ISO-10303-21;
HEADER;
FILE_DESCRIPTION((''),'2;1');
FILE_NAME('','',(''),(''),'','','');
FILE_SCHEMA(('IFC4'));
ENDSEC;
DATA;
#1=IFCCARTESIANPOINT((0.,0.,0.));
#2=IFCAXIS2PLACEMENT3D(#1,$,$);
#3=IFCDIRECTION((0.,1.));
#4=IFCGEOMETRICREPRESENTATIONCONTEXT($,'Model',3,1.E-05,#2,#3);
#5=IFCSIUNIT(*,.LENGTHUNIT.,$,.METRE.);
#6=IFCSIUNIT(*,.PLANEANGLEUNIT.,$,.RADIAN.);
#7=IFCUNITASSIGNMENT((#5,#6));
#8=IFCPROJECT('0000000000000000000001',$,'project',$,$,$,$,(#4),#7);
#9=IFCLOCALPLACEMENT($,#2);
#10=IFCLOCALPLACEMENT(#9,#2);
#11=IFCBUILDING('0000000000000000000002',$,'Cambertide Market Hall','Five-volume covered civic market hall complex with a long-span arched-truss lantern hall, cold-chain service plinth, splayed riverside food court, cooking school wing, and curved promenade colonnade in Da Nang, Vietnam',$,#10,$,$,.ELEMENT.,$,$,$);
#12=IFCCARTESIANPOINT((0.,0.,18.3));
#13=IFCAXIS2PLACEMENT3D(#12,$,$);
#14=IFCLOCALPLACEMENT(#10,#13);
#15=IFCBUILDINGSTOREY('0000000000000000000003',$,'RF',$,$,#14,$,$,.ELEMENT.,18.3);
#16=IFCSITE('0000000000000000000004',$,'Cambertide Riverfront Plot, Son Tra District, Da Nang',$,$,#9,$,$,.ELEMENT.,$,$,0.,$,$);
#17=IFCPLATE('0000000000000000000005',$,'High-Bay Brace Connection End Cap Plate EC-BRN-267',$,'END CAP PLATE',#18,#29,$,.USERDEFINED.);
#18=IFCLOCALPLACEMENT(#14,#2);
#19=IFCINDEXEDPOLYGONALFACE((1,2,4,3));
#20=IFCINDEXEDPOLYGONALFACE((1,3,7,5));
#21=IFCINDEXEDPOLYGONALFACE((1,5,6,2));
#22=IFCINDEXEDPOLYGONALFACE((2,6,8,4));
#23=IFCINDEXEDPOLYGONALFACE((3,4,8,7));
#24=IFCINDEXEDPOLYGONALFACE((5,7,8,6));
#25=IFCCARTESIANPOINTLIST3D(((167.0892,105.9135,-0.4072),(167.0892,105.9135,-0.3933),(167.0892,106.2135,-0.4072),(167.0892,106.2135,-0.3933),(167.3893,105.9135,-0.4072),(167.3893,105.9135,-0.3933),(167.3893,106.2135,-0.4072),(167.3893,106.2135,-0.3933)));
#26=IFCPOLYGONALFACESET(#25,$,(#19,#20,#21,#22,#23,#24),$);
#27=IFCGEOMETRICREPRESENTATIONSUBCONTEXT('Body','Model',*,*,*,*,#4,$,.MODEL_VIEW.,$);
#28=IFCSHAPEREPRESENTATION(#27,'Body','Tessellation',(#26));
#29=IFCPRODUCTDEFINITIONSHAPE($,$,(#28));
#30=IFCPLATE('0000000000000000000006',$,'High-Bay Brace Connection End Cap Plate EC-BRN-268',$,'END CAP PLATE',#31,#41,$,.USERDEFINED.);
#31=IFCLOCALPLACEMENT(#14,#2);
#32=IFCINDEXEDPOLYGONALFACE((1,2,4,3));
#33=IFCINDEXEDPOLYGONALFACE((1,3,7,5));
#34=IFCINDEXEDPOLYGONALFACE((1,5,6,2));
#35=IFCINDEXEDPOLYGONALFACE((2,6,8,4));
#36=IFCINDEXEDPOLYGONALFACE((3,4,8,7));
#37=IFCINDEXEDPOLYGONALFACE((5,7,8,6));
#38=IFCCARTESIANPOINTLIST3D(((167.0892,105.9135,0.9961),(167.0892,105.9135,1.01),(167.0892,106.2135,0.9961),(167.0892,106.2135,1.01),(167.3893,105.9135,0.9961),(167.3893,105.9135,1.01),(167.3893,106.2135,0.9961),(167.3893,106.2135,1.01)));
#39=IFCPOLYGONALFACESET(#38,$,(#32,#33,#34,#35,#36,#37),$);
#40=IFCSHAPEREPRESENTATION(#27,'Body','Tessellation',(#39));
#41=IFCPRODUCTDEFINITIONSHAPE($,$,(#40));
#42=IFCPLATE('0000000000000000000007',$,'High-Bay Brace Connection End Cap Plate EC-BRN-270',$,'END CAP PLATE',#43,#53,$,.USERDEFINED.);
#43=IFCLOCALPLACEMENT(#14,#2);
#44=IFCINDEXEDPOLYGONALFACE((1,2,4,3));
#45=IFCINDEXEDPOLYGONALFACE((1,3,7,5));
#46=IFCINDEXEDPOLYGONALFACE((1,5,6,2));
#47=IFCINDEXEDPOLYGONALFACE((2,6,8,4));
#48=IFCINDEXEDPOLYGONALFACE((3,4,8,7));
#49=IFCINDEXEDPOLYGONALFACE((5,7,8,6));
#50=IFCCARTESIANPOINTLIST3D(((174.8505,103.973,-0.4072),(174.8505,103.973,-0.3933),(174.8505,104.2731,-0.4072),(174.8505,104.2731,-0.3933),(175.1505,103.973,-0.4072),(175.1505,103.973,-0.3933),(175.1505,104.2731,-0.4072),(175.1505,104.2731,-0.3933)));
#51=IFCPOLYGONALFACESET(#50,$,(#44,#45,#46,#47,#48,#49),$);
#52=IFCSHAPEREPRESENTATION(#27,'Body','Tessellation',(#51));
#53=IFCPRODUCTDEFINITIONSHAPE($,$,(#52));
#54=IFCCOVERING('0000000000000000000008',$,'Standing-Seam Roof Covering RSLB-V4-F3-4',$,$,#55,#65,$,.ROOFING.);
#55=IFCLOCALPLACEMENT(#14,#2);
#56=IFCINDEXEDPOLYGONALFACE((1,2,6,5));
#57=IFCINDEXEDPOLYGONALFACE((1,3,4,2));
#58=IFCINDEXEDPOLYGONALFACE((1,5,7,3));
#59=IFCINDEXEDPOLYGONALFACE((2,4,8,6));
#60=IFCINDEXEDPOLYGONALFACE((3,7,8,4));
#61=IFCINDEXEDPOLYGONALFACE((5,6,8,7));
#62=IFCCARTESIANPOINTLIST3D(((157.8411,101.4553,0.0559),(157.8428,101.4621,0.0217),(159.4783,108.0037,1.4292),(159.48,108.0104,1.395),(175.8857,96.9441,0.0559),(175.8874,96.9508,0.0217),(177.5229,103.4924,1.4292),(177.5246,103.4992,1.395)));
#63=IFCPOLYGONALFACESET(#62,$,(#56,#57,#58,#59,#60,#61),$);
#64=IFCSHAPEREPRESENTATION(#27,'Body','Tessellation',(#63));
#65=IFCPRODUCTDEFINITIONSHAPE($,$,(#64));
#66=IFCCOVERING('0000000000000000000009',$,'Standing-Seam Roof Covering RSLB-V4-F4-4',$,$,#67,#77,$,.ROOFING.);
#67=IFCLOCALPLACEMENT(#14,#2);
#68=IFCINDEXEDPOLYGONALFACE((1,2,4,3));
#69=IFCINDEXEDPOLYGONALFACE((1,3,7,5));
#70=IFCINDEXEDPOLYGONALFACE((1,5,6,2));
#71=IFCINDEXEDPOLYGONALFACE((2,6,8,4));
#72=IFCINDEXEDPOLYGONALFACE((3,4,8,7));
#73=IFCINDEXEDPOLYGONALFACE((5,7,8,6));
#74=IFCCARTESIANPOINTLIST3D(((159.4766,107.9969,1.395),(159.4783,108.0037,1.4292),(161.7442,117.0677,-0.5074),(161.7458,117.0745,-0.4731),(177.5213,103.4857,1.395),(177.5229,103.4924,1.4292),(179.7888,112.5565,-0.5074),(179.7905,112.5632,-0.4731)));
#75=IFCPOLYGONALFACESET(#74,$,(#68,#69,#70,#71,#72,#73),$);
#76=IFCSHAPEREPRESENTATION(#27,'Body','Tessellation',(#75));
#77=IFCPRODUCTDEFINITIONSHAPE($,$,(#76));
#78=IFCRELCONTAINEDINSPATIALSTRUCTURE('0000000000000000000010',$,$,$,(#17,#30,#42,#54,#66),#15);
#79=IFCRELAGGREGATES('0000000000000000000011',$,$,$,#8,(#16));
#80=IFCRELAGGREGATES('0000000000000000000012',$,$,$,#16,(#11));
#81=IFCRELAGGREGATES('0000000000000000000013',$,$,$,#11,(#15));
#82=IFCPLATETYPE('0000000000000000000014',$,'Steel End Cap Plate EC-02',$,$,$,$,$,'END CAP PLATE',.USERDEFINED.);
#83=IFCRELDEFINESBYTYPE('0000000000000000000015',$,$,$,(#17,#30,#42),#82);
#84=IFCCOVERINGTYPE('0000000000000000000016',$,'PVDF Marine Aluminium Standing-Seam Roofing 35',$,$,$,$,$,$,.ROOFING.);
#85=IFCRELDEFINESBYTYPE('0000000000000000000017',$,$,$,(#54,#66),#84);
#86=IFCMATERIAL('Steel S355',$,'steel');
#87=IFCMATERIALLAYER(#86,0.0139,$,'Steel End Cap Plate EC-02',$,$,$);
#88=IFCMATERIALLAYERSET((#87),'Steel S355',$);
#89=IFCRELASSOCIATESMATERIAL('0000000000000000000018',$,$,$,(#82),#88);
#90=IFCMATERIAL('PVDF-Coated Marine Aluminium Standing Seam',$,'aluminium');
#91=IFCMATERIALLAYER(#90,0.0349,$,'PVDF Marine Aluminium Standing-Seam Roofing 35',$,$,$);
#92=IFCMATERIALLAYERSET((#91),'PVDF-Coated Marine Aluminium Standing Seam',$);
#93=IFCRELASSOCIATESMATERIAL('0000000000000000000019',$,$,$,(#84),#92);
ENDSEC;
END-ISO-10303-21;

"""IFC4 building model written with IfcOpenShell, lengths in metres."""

from ifc_helpers import new_model, si_unit, direction, frame, origin, origin_2d, place, context, subcontext, project, spatial, polyline, rectangle, outline, extrude, material, layer, layer_set, type_object, element, save


model = new_model("IFC4")

# Units and contexts
model_context = context("Model", 3, precision=1e-05, world=origin(), true_north=direction((0.0, 1.0)))
body_context = subcontext(model_context, "Body", "Model", "MODEL_VIEW")
ifc_project = project(units=[si_unit("LENGTHUNIT", "METRE"), si_unit("PLANEANGLEUNIT", "RADIAN")], contexts=[model_context])

# Site, building, storey
site_placement = place(None, origin())
site = spatial("IfcSite", under=ifc_project, at=site_placement, Name="Cambertide Riverfront Plot, Son Tra District, Da Nang", CompositionType="ELEMENT", RefElevation=0.0)
building_placement = place(site_placement, origin())
building = spatial("IfcBuilding", under=site, at=building_placement, Name="Cambertide Market Hall", Description="Five-volume covered civic market hall complex with a long-span arched-truss lantern hall, cold-chain service plinth, splayed riverside food court, cooking school wing, and curved promenade colonnade in Da Nang, Vietnam", CompositionType="ELEMENT")
storey_placement = place(building_placement, frame((0.0, 0.0, 18.3)))
storey = spatial("IfcBuildingStorey", under=building, at=storey_placement, Name="RF", CompositionType="ELEMENT", Elevation=18.3)

# Plates
ifc_material_1 = material(Name="Steel S355", Category="steel")
ifc_layer_1 = layer(ifc_material_1, 0.0139, Name="Steel End Cap Plate EC-02")
ifc_layer_set_1 = layer_set([ifc_layer_1], Name="Steel S355")
plate_type = type_object("IfcPlateType", Name="Steel End Cap Plate EC-02", ElementType="END CAP PLATE", PredefinedType="USERDEFINED", material=ifc_layer_set_1)
for number, where, z_axis, x_axis, name in (
    (1, (167.2393, 106.0635, -0.4072), (0.0, 0.0, 1.0), (1.0, 0.0, 0.0), "High-Bay Brace Connection End Cap Plate EC-BRN-267"),
    (2, (167.2393, 106.0635, 0.9961), (0.0, 0.0, 1.0), (1.0, 0.0, 0.0), "High-Bay Brace Connection End Cap Plate EC-BRN-268"),
    (3, (175.0005, 104.123, -0.4072), (0.0, 0.0, 1.0), (1.0, 0.0, 0.0), "High-Bay Brace Connection End Cap Plate EC-BRN-270"),
):
    element("IfcPlate", number, at=place(storey_placement, frame(where, z_axis=z_axis, x_axis=x_axis)), inside=storey, type_object=plate_type, Name=name, ObjectType="END CAP PLATE", PredefinedType="USERDEFINED", context=body_context, shape_type="SweptSolid", body=[
        extrude(rectangle(XDim=0.3, YDim=0.3, at=origin_2d()), origin(), (0.0, 0.0, 1.0), 0.0139),
    ])

# Coverings
ifc_material_2 = material(Name="PVDF-Coated Marine Aluminium Standing Seam", Category="aluminium")
ifc_layer_2 = layer(ifc_material_2, 0.0349, Name="PVDF Marine Aluminium Standing-Seam Roofing 35")
ifc_layer_set_2 = layer_set([ifc_layer_2], Name="PVDF-Coated Marine Aluminium Standing Seam")
covering_type = type_object("IfcCoveringType", Name="PVDF Marine Aluminium Standing-Seam Roofing 35", PredefinedType="ROOFING", material=ifc_layer_set_2)
covering_1_placement = place(storey_placement, frame((157.8411, 101.4553, 0.0559), z_axis=(-0.048355, -0.193416, 0.979924), x_axis=(0.970142, -0.242539, 0.0)))
element("IfcCovering", 4, at=covering_1_placement, inside=storey, type_object=covering_type, Name="Standing-Seam Roof Covering RSLB-V4-F3-4", PredefinedType="ROOFING", context=body_context, shape_type="SweptSolid", body=[
    extrude(outline(polyline([(0.0, 0.0), (18.6, 0.0), (18.6001, 6.8882), (0.0001, 6.8882), (0.0, 0.0)])), origin(), (0.0, 0.0, -1.0), 0.0349),
])
covering_2_placement = place(storey_placement, frame((159.4783, 108.0037, 1.4292), z_axis=(0.048356, 0.193423, 0.979923), x_axis=(0.970142, -0.242539, 0.0)))
element("IfcCovering", 5, at=covering_2_placement, inside=storey, type_object=covering_type, Name="Standing-Seam Roof Covering RSLB-V4-F4-4", PredefinedType="ROOFING", context=body_context, shape_type="SweptSolid", body=[
    extrude(outline(polyline([(0.0, 0.0), (18.6, 0.0), (18.5999, 9.5415), (-0.0001, 9.5415), (0.0, 0.0)])), origin(), (0.0, 0.0, -1.0), 0.0349),
])

save(model, "model.ifc")
